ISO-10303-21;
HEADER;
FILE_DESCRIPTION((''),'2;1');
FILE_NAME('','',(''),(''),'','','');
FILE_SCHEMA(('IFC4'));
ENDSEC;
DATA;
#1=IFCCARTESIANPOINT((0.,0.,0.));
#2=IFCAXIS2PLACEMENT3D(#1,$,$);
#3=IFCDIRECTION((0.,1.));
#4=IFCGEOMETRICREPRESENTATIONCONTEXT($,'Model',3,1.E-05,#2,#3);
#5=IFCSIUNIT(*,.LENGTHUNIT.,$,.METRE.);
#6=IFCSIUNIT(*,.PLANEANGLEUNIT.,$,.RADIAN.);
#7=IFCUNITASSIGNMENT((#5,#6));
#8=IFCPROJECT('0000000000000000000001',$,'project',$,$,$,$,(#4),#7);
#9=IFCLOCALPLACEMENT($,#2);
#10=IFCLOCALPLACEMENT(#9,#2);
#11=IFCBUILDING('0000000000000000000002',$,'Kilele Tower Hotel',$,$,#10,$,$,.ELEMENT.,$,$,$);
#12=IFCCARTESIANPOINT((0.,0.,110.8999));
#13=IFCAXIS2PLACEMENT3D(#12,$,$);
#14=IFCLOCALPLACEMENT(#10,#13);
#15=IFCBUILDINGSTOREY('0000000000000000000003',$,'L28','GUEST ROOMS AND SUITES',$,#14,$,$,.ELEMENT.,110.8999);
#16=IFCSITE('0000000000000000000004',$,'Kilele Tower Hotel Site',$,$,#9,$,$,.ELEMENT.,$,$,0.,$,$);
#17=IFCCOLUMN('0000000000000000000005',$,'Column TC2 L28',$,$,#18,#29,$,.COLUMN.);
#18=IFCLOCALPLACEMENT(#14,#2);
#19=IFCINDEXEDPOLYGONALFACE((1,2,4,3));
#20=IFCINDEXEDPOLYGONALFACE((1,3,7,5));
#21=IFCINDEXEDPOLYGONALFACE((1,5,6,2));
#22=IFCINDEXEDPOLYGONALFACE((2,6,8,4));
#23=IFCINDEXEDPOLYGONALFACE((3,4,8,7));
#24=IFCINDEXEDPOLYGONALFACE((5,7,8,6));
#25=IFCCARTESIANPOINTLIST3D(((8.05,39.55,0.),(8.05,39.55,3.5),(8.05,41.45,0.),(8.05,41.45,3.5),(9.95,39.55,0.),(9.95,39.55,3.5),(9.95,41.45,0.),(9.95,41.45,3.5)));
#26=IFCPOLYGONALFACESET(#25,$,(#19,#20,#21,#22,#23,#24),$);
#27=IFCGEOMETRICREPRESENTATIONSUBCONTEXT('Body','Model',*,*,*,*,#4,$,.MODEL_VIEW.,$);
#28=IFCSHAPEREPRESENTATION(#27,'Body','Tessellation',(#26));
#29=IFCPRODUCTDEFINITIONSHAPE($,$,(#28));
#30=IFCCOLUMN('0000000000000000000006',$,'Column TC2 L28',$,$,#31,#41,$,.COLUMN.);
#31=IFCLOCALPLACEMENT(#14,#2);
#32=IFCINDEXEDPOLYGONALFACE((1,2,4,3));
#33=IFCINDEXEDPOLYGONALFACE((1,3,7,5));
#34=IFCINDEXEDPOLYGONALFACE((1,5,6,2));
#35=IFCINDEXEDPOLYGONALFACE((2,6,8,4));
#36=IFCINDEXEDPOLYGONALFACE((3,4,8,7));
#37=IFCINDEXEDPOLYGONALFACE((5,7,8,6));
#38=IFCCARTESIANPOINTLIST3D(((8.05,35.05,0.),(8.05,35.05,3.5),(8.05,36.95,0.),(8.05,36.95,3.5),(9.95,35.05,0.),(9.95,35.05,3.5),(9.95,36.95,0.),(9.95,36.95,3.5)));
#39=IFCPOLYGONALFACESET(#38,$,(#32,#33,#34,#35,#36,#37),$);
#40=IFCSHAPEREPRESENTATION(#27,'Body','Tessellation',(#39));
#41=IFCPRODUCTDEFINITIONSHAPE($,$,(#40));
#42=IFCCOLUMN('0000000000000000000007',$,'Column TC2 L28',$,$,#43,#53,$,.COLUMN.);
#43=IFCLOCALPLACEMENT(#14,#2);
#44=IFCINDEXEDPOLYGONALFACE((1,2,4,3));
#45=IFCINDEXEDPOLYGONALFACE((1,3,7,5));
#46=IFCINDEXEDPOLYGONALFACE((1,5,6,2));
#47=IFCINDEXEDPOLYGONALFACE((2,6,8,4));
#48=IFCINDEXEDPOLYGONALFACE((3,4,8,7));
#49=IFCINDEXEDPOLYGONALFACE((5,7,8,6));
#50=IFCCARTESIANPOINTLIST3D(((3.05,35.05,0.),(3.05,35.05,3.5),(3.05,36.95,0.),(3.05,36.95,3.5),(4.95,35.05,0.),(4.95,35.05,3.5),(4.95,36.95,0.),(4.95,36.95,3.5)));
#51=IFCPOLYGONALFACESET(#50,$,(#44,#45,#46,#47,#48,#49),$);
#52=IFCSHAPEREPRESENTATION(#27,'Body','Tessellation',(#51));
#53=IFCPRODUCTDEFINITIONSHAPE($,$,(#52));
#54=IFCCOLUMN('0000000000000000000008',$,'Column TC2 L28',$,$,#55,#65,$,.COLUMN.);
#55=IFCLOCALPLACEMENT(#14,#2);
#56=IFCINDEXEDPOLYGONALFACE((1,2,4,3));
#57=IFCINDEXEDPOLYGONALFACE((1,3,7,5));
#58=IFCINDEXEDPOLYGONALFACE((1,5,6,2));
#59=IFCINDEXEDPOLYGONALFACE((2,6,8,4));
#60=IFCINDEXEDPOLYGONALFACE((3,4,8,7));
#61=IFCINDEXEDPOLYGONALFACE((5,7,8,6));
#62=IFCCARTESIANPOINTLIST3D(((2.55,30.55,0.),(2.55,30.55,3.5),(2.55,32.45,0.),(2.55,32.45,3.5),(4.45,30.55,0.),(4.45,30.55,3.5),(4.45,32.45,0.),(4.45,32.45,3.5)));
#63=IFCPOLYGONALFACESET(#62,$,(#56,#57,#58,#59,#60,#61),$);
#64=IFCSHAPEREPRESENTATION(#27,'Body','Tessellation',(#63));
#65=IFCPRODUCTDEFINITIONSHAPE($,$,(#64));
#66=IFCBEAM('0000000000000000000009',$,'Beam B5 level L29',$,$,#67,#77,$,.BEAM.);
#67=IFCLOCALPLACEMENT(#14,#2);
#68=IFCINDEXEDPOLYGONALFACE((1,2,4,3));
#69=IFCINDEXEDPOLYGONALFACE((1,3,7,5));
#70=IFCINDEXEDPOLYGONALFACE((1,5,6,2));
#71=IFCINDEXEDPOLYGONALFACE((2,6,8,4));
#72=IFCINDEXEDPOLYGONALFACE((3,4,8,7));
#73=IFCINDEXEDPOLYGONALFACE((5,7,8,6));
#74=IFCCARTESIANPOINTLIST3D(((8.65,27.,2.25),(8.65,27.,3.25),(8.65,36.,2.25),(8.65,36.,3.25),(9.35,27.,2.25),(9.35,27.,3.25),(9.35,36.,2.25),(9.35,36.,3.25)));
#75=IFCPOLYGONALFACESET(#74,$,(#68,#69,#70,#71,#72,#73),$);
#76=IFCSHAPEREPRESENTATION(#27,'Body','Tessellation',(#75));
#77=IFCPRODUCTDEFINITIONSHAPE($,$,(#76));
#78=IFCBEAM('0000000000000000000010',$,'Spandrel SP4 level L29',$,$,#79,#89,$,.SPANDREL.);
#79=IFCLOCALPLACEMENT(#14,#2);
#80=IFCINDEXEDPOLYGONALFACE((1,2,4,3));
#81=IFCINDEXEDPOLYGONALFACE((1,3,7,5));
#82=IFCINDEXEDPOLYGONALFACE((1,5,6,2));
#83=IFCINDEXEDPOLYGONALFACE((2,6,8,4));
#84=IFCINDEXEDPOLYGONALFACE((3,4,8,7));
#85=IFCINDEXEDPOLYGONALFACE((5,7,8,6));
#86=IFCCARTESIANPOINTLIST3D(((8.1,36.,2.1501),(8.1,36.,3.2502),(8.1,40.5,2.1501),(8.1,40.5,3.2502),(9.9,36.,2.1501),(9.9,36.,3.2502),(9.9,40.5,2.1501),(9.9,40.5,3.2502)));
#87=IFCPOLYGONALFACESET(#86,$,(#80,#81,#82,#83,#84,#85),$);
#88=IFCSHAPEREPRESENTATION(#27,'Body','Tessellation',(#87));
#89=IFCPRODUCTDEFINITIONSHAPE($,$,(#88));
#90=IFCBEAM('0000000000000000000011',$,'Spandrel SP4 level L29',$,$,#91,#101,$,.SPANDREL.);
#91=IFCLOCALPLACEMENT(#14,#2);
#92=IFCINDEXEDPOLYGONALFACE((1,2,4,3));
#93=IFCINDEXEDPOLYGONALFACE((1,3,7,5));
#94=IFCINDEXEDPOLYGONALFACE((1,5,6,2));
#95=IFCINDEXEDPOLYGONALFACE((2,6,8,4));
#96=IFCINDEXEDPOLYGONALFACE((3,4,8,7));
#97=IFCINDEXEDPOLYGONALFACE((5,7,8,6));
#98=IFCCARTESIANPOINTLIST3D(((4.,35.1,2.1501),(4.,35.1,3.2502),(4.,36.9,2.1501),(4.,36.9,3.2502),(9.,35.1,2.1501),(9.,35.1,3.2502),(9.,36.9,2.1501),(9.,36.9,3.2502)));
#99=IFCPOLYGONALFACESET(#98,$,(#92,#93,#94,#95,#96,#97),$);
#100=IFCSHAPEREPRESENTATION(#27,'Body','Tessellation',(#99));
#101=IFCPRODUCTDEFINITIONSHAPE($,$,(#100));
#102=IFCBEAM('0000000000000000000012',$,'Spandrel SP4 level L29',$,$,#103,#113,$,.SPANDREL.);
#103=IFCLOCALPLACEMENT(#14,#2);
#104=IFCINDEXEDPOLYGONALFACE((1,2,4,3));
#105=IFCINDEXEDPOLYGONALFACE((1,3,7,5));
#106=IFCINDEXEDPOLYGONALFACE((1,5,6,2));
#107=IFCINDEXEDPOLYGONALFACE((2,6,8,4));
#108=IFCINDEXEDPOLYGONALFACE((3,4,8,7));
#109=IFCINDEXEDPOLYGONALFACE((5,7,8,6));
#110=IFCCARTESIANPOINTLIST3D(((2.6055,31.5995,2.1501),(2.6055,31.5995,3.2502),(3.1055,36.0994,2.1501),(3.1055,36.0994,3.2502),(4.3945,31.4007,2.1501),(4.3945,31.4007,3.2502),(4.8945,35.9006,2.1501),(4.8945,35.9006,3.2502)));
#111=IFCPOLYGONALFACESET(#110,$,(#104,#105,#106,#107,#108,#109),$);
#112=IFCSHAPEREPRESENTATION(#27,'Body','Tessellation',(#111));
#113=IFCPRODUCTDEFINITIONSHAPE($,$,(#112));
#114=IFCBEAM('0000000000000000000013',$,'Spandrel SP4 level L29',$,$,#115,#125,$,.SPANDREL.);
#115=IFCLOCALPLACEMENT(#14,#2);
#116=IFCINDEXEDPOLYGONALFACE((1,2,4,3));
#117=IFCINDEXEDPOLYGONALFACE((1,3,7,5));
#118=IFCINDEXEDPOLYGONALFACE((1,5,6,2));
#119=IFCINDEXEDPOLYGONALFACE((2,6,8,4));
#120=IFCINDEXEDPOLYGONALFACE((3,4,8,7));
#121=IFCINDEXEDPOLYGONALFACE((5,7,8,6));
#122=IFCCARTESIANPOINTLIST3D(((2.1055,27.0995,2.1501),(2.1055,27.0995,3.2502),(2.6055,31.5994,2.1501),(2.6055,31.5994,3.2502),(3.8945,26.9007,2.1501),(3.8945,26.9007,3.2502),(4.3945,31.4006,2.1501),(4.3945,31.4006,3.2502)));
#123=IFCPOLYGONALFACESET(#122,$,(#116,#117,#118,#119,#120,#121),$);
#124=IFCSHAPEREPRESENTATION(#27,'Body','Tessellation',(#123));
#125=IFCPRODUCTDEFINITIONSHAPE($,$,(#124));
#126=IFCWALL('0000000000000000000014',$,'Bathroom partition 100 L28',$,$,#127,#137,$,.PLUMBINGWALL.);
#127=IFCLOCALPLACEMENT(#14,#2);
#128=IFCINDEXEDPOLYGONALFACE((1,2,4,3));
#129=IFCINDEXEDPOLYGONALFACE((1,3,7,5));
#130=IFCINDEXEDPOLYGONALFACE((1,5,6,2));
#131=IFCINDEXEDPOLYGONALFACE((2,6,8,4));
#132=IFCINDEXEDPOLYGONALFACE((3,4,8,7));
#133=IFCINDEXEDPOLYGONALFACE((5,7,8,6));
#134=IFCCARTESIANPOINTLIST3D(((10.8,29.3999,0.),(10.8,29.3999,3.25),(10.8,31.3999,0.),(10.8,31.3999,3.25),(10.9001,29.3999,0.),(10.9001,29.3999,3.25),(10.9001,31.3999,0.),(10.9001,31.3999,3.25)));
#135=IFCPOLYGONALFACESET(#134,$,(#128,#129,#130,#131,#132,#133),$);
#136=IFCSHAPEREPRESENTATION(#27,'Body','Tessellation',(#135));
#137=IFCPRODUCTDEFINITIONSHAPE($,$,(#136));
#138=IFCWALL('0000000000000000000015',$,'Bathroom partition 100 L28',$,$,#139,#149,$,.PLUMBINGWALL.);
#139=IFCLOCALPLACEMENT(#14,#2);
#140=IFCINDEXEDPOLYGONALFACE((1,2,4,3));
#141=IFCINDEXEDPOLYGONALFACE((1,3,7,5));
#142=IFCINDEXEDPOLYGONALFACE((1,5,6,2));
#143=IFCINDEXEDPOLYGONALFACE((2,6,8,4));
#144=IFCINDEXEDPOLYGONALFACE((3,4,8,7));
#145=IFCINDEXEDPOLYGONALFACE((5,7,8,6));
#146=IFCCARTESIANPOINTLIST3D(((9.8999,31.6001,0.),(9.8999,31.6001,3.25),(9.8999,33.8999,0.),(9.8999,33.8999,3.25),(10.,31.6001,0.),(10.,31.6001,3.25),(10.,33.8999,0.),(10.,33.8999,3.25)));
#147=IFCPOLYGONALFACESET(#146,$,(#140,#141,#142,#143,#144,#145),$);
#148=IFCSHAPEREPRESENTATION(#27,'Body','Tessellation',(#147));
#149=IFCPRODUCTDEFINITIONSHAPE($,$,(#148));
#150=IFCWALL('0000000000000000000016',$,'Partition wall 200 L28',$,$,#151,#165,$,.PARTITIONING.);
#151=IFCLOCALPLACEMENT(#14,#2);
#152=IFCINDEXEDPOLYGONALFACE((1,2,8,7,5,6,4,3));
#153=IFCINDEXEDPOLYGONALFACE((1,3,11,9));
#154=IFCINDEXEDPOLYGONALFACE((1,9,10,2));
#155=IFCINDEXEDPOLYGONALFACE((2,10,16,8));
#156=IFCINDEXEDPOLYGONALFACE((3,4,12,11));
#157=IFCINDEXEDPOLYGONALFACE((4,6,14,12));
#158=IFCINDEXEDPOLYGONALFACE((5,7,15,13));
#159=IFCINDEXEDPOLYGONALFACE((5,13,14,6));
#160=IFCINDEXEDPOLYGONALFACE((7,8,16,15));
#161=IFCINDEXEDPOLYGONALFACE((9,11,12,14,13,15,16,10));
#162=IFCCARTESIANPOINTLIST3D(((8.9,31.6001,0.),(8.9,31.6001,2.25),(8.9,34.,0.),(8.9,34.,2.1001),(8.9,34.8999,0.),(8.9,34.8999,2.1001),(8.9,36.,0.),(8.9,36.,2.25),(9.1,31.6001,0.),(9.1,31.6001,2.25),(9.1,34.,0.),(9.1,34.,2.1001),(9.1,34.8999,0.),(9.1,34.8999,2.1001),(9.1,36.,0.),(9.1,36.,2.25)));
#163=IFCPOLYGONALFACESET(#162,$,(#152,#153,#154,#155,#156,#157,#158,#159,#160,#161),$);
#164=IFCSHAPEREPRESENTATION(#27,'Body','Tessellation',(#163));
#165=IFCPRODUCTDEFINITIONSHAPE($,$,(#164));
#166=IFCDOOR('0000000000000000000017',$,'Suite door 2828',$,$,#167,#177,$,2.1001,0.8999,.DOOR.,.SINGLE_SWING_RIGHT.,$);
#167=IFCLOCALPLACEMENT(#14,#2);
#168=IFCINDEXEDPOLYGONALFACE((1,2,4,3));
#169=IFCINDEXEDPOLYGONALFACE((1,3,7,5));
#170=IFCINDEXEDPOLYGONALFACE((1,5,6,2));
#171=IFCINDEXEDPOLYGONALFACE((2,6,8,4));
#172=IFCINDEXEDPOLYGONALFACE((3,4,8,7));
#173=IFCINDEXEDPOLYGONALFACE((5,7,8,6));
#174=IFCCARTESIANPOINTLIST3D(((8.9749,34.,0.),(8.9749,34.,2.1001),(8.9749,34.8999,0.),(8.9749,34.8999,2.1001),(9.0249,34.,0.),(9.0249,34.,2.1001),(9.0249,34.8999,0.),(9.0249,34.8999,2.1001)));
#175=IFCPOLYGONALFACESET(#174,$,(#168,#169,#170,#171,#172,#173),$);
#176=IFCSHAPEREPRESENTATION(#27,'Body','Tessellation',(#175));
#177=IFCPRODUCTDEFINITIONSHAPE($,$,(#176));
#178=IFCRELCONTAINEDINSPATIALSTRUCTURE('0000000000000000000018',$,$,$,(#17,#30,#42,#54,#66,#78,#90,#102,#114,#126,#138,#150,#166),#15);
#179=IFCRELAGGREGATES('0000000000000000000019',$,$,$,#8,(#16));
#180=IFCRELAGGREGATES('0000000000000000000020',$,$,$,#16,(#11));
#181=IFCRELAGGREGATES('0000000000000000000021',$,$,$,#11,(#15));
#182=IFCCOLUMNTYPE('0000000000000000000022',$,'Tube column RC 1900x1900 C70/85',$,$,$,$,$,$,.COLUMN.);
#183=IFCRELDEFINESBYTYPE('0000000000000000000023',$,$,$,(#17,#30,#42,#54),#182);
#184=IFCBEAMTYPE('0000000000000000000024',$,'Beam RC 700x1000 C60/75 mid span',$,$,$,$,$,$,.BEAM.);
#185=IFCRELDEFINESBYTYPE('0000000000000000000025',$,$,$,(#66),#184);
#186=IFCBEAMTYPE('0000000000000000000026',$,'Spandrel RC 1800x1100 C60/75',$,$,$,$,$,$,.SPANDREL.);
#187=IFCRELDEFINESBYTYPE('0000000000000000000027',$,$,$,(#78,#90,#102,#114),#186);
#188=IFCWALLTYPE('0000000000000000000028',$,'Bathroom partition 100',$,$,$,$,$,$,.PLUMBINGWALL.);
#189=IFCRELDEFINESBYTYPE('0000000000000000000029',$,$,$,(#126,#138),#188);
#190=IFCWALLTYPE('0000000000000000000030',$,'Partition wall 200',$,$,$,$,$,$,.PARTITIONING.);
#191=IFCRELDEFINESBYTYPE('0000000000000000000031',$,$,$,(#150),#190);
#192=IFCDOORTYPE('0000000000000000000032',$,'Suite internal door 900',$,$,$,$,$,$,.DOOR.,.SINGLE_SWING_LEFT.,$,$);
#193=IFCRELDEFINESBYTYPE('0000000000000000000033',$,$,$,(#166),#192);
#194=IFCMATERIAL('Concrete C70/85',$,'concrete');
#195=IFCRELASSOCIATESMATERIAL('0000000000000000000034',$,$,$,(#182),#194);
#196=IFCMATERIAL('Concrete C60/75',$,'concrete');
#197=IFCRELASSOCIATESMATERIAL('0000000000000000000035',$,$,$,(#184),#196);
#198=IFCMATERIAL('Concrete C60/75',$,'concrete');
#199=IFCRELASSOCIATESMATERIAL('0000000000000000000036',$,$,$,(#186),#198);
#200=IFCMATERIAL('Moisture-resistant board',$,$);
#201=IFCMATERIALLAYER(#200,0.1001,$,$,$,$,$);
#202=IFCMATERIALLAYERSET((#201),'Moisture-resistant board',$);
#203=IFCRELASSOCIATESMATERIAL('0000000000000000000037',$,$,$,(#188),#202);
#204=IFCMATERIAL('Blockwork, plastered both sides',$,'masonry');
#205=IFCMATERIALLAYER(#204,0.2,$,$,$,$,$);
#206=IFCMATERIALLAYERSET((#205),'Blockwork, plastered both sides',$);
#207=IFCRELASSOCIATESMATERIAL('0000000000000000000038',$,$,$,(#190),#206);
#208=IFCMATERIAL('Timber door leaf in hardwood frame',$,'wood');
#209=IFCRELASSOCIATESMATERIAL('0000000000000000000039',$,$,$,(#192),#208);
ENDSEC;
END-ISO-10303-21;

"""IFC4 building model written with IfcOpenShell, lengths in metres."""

from ifc_helpers import new_model, si_unit, direction, frame, frame_2d, origin, origin_2d, place, context, subcontext, project, spatial, rectangle, extrude, material, layer, layer_set, material_profile, profile_set, type_object, element, fill, save


model = new_model("IFC4")

# Units and contexts
model_context = context("Model", 3, precision=1e-05, world=origin(), true_north=direction((0.0, 1.0)))
body_context = subcontext(model_context, "Body", "Model", "MODEL_VIEW")
ifc_project = project(units=[si_unit("LENGTHUNIT", "METRE"), si_unit("PLANEANGLEUNIT", "RADIAN")], contexts=[model_context])

# Site, building, storey
site_placement = place(None, origin())
site = spatial("IfcSite", under=ifc_project, at=site_placement, Name="Kilele Tower Hotel Site", CompositionType="ELEMENT", RefElevation=0.0)
building_placement = place(site_placement, origin())
building = spatial("IfcBuilding", under=site, at=building_placement, Name="Kilele Tower Hotel", CompositionType="ELEMENT")
storey_placement = place(building_placement, frame((0.0, 0.0, 110.8999)))
storey = spatial("IfcBuildingStorey", under=building, at=storey_placement, Name="L28", Description="GUEST ROOMS AND SUITES", CompositionType="ELEMENT", Elevation=110.8999)

# Columns
ifc_material_1 = material(Name="Concrete C70/85", Category="concrete")
ifc_material_profile_1 = material_profile(ifc_material_1, rectangle(XDim=1.8999, YDim=1.8999, at=origin_2d()))
ifc_profile_set_1 = profile_set([ifc_material_profile_1], Name="Concrete C70/85")
column_type = type_object("IfcColumnType", Name="Tube column RC 1900x1900 C70/85", PredefinedType="COLUMN", material=ifc_profile_set_1)
for number, where, z_axis, x_axis, name in (
    (1, (9.0, 40.5, 0.0), (0.0, 0.0, 1.0), (1.0, 0.0, 0.0), "Column TC2 L28"),
    (2, (9.0, 36.0, 0.0), (0.0, 0.0, 1.0), (1.0, 0.0, 0.0), "Column TC2 L28"),
    (3, (4.0, 36.0, 0.0), (0.0, 0.0, 1.0), (1.0, 0.0, 0.0), "Column TC2 L28"),
    (4, (3.5, 31.5, 0.0), (0.0, 0.0, 1.0), (1.0, 0.0, 0.0), "Column TC2 L28"),
):
    element("IfcColumn", number, at=place(storey_placement, frame(where, z_axis=z_axis, x_axis=x_axis)), inside=storey, type_object=column_type, Name=name, PredefinedType="COLUMN", context=body_context, shape_type="SweptSolid", body=[
        extrude(rectangle(XDim=1.8999, YDim=1.8999, at=origin_2d()), origin(), (0.0, 0.0, 1.0), 3.5),
    ])

# Beams
ifc_material_2 = material(Name="Concrete C60/75", Category="concrete")
ifc_material_profile_2 = material_profile(ifc_material_2, rectangle(XDim=0.7, YDim=1.0, at=origin_2d()))
ifc_profile_set_2 = profile_set([ifc_material_profile_2], Name="Concrete C60/75")
beam_type_1 = type_object("IfcBeamType", Name="Beam RC 700x1000 C60/75 mid span", PredefinedType="BEAM", material=ifc_profile_set_2)
beam_1_placement = place(storey_placement, frame((9.0, 36.0, 2.75), z_axis=(0.0, -1.0, 0.0), x_axis=(1.0, 0.0, 0.0)))
element("IfcBeam", 5, at=beam_1_placement, inside=storey, type_object=beam_type_1, Name="Beam B5 level L29", PredefinedType="BEAM", context=body_context, shape_type="SweptSolid", body=[
    extrude(rectangle(XDim=0.7, YDim=1.0, at=origin_2d()), origin(), (0.0, 0.0, 1.0), 9.0),
])
ifc_material_3 = material(Name="Concrete C60/75", Category="concrete")
ifc_material_profile_3 = material_profile(ifc_material_3, rectangle(XDim=1.8, YDim=1.1001, at=origin_2d()))
ifc_profile_set_3 = profile_set([ifc_material_profile_3], Name="Concrete C60/75")
beam_type_2 = type_object("IfcBeamType", Name="Spandrel RC 1800x1100 C60/75", PredefinedType="SPANDREL", material=ifc_profile_set_3)
beam_2_placement = place(storey_placement, frame((9.0, 40.5, 2.7002), z_axis=(0.0, -1.0, 0.0), x_axis=(1.0, 0.0, 0.0)))
element("IfcBeam", 6, at=beam_2_placement, inside=storey, type_object=beam_type_2, Name="Spandrel SP4 level L29", PredefinedType="SPANDREL", context=body_context, shape_type="SweptSolid", body=[
    extrude(rectangle(XDim=1.8, YDim=1.1001, at=origin_2d()), origin(), (0.0, 0.0, 1.0), 4.5),
])
beam_3_placement = place(storey_placement, frame((9.0, 36.0, 2.7002), z_axis=(-1.0, 0.0, 0.0), x_axis=(0.0, -1.0, 0.0)))
element("IfcBeam", 7, at=beam_3_placement, inside=storey, type_object=beam_type_2, Name="Spandrel SP4 level L29", PredefinedType="SPANDREL", context=body_context, shape_type="SweptSolid", body=[
    extrude(rectangle(XDim=1.8, YDim=1.1001, at=origin_2d()), origin(), (0.0, 0.0, 1.0), 5.0),
])
for number, where, z_axis, x_axis, name in (
    (8, (4.0, 36.0, 2.7002), (-0.110432, -0.993884, 0.0), (0.993884, -0.110432, 0.0), "Spandrel SP4 level L29"),
    (9, (3.5, 31.5, 2.7002), (-0.110432, -0.993884, 0.0), (0.993884, -0.110432, 0.0), "Spandrel SP4 level L29"),
):
    element("IfcBeam", number, at=place(storey_placement, frame(where, z_axis=z_axis, x_axis=x_axis)), inside=storey, type_object=beam_type_2, Name=name, PredefinedType="SPANDREL", context=body_context, shape_type="SweptSolid", body=[
        extrude(rectangle(XDim=1.8, YDim=1.1001, at=origin_2d()), origin(), (0.0, 0.0, 1.0), 4.5276),
    ])

# Walls
ifc_material_4 = material(Name="Moisture-resistant board")
ifc_layer_1 = layer(ifc_material_4, 0.1001)
ifc_layer_set_1 = layer_set([ifc_layer_1], Name="Moisture-resistant board")
wall_type_1 = type_object("IfcWallType", Name="Bathroom partition 100", PredefinedType="PLUMBINGWALL", material=ifc_layer_set_1)
wall_1_placement = place(storey_placement, frame((10.8501, 31.3999, 0.0), z_axis=(0.0, 0.0, 1.0), x_axis=(0.0, -1.0, 0.0)))
element("IfcWall", 10, at=wall_1_placement, inside=storey, type_object=wall_type_1, Name="Bathroom partition 100 L28", PredefinedType="PLUMBINGWALL", context=body_context, shape_type="SweptSolid", body=[
    extrude(rectangle(XDim=2.0, YDim=0.1001, at=frame_2d((1.0, 0.0))), origin(), (0.0, 0.0, 1.0), 3.25),
])
wall_2_placement = place(storey_placement, frame((9.95, 31.6001, 0.0), z_axis=(0.0, 0.0, 1.0), x_axis=(0.0, 1.0, 0.0)))
element("IfcWall", 11, at=wall_2_placement, inside=storey, type_object=wall_type_1, Name="Bathroom partition 100 L28", PredefinedType="PLUMBINGWALL", context=body_context, shape_type="SweptSolid", body=[
    extrude(rectangle(XDim=2.2998, YDim=0.1001, at=frame_2d((1.1499, 0.0))), origin(), (0.0, 0.0, 1.0), 3.25),
])

# Wall, opening, door
ifc_material_5 = material(Name="Blockwork, plastered both sides", Category="masonry")
ifc_layer_2 = layer(ifc_material_5, 0.2)
ifc_layer_set_2 = layer_set([ifc_layer_2], Name="Blockwork, plastered both sides")
wall_type_2 = type_object("IfcWallType", Name="Partition wall 200", PredefinedType="PARTITIONING", material=ifc_layer_set_2)
wall_3_placement = place(storey_placement, frame((9.0, 31.6001, 0.0), z_axis=(0.0, 0.0, 1.0), x_axis=(0.0, 1.0, 0.0)))
wall_3 = element("IfcWall", 12, at=wall_3_placement, inside=storey, type_object=wall_type_2, Name="Partition wall 200 L28", PredefinedType="PARTITIONING", context=body_context, shape_type="SweptSolid", body=[
    extrude(rectangle(XDim=4.3999, YDim=0.2, at=frame_2d((2.2, 0.0))), origin(), (0.0, 0.0, 1.0), 2.25),
])
opening_1_placement = place(wall_3_placement, frame((3.2998, 0.0, 0.0), z_axis=(0.0, 0.0, 1.0), x_axis=(-1.0, 0.0, 0.0)))
opening_1 = element("IfcOpeningElement", 13, at=opening_1_placement, cuts=wall_3, PredefinedType="OPENING", context=body_context, shape_type="SweptSolid", body=[
    extrude(rectangle(XDim=0.8999, YDim=2.1001, at=frame_2d((0.45, 1.05))), frame((0.0, 0.1099, 0.0), z_axis=(0.0, -1.0, 0.0), x_axis=(1.0, 0.0, 0.0)), (0.0, 0.0, 1.0), 0.22),
])
ifc_material_6 = material(Name="Timber door leaf in hardwood frame", Category="wood")
door_type = type_object("IfcDoorType", Name="Suite internal door 900", OperationType="SINGLE_SWING_LEFT", PredefinedType="DOOR", material=ifc_material_6)
door_placement = place(opening_1_placement, origin())
door = element("IfcDoor", 14, at=door_placement, inside=storey, type_object=door_type, Name="Suite door 2828", OperationType="SINGLE_SWING_RIGHT", OverallHeight=2.1001, OverallWidth=0.8999, PredefinedType="DOOR", context=body_context, shape_type="SweptSolid", body=[
    extrude(rectangle(XDim=0.8999, YDim=2.1001, at=frame_2d((0.45, 1.05))), frame((0.0, 0.0249, 0.0), z_axis=(0.0, -1.0, 0.0), x_axis=(1.0, 0.0, 0.0)), (0.0, 0.0, 1.0), 0.05),
])
fill(opening_1, door)

save(model, "model.ifc")
